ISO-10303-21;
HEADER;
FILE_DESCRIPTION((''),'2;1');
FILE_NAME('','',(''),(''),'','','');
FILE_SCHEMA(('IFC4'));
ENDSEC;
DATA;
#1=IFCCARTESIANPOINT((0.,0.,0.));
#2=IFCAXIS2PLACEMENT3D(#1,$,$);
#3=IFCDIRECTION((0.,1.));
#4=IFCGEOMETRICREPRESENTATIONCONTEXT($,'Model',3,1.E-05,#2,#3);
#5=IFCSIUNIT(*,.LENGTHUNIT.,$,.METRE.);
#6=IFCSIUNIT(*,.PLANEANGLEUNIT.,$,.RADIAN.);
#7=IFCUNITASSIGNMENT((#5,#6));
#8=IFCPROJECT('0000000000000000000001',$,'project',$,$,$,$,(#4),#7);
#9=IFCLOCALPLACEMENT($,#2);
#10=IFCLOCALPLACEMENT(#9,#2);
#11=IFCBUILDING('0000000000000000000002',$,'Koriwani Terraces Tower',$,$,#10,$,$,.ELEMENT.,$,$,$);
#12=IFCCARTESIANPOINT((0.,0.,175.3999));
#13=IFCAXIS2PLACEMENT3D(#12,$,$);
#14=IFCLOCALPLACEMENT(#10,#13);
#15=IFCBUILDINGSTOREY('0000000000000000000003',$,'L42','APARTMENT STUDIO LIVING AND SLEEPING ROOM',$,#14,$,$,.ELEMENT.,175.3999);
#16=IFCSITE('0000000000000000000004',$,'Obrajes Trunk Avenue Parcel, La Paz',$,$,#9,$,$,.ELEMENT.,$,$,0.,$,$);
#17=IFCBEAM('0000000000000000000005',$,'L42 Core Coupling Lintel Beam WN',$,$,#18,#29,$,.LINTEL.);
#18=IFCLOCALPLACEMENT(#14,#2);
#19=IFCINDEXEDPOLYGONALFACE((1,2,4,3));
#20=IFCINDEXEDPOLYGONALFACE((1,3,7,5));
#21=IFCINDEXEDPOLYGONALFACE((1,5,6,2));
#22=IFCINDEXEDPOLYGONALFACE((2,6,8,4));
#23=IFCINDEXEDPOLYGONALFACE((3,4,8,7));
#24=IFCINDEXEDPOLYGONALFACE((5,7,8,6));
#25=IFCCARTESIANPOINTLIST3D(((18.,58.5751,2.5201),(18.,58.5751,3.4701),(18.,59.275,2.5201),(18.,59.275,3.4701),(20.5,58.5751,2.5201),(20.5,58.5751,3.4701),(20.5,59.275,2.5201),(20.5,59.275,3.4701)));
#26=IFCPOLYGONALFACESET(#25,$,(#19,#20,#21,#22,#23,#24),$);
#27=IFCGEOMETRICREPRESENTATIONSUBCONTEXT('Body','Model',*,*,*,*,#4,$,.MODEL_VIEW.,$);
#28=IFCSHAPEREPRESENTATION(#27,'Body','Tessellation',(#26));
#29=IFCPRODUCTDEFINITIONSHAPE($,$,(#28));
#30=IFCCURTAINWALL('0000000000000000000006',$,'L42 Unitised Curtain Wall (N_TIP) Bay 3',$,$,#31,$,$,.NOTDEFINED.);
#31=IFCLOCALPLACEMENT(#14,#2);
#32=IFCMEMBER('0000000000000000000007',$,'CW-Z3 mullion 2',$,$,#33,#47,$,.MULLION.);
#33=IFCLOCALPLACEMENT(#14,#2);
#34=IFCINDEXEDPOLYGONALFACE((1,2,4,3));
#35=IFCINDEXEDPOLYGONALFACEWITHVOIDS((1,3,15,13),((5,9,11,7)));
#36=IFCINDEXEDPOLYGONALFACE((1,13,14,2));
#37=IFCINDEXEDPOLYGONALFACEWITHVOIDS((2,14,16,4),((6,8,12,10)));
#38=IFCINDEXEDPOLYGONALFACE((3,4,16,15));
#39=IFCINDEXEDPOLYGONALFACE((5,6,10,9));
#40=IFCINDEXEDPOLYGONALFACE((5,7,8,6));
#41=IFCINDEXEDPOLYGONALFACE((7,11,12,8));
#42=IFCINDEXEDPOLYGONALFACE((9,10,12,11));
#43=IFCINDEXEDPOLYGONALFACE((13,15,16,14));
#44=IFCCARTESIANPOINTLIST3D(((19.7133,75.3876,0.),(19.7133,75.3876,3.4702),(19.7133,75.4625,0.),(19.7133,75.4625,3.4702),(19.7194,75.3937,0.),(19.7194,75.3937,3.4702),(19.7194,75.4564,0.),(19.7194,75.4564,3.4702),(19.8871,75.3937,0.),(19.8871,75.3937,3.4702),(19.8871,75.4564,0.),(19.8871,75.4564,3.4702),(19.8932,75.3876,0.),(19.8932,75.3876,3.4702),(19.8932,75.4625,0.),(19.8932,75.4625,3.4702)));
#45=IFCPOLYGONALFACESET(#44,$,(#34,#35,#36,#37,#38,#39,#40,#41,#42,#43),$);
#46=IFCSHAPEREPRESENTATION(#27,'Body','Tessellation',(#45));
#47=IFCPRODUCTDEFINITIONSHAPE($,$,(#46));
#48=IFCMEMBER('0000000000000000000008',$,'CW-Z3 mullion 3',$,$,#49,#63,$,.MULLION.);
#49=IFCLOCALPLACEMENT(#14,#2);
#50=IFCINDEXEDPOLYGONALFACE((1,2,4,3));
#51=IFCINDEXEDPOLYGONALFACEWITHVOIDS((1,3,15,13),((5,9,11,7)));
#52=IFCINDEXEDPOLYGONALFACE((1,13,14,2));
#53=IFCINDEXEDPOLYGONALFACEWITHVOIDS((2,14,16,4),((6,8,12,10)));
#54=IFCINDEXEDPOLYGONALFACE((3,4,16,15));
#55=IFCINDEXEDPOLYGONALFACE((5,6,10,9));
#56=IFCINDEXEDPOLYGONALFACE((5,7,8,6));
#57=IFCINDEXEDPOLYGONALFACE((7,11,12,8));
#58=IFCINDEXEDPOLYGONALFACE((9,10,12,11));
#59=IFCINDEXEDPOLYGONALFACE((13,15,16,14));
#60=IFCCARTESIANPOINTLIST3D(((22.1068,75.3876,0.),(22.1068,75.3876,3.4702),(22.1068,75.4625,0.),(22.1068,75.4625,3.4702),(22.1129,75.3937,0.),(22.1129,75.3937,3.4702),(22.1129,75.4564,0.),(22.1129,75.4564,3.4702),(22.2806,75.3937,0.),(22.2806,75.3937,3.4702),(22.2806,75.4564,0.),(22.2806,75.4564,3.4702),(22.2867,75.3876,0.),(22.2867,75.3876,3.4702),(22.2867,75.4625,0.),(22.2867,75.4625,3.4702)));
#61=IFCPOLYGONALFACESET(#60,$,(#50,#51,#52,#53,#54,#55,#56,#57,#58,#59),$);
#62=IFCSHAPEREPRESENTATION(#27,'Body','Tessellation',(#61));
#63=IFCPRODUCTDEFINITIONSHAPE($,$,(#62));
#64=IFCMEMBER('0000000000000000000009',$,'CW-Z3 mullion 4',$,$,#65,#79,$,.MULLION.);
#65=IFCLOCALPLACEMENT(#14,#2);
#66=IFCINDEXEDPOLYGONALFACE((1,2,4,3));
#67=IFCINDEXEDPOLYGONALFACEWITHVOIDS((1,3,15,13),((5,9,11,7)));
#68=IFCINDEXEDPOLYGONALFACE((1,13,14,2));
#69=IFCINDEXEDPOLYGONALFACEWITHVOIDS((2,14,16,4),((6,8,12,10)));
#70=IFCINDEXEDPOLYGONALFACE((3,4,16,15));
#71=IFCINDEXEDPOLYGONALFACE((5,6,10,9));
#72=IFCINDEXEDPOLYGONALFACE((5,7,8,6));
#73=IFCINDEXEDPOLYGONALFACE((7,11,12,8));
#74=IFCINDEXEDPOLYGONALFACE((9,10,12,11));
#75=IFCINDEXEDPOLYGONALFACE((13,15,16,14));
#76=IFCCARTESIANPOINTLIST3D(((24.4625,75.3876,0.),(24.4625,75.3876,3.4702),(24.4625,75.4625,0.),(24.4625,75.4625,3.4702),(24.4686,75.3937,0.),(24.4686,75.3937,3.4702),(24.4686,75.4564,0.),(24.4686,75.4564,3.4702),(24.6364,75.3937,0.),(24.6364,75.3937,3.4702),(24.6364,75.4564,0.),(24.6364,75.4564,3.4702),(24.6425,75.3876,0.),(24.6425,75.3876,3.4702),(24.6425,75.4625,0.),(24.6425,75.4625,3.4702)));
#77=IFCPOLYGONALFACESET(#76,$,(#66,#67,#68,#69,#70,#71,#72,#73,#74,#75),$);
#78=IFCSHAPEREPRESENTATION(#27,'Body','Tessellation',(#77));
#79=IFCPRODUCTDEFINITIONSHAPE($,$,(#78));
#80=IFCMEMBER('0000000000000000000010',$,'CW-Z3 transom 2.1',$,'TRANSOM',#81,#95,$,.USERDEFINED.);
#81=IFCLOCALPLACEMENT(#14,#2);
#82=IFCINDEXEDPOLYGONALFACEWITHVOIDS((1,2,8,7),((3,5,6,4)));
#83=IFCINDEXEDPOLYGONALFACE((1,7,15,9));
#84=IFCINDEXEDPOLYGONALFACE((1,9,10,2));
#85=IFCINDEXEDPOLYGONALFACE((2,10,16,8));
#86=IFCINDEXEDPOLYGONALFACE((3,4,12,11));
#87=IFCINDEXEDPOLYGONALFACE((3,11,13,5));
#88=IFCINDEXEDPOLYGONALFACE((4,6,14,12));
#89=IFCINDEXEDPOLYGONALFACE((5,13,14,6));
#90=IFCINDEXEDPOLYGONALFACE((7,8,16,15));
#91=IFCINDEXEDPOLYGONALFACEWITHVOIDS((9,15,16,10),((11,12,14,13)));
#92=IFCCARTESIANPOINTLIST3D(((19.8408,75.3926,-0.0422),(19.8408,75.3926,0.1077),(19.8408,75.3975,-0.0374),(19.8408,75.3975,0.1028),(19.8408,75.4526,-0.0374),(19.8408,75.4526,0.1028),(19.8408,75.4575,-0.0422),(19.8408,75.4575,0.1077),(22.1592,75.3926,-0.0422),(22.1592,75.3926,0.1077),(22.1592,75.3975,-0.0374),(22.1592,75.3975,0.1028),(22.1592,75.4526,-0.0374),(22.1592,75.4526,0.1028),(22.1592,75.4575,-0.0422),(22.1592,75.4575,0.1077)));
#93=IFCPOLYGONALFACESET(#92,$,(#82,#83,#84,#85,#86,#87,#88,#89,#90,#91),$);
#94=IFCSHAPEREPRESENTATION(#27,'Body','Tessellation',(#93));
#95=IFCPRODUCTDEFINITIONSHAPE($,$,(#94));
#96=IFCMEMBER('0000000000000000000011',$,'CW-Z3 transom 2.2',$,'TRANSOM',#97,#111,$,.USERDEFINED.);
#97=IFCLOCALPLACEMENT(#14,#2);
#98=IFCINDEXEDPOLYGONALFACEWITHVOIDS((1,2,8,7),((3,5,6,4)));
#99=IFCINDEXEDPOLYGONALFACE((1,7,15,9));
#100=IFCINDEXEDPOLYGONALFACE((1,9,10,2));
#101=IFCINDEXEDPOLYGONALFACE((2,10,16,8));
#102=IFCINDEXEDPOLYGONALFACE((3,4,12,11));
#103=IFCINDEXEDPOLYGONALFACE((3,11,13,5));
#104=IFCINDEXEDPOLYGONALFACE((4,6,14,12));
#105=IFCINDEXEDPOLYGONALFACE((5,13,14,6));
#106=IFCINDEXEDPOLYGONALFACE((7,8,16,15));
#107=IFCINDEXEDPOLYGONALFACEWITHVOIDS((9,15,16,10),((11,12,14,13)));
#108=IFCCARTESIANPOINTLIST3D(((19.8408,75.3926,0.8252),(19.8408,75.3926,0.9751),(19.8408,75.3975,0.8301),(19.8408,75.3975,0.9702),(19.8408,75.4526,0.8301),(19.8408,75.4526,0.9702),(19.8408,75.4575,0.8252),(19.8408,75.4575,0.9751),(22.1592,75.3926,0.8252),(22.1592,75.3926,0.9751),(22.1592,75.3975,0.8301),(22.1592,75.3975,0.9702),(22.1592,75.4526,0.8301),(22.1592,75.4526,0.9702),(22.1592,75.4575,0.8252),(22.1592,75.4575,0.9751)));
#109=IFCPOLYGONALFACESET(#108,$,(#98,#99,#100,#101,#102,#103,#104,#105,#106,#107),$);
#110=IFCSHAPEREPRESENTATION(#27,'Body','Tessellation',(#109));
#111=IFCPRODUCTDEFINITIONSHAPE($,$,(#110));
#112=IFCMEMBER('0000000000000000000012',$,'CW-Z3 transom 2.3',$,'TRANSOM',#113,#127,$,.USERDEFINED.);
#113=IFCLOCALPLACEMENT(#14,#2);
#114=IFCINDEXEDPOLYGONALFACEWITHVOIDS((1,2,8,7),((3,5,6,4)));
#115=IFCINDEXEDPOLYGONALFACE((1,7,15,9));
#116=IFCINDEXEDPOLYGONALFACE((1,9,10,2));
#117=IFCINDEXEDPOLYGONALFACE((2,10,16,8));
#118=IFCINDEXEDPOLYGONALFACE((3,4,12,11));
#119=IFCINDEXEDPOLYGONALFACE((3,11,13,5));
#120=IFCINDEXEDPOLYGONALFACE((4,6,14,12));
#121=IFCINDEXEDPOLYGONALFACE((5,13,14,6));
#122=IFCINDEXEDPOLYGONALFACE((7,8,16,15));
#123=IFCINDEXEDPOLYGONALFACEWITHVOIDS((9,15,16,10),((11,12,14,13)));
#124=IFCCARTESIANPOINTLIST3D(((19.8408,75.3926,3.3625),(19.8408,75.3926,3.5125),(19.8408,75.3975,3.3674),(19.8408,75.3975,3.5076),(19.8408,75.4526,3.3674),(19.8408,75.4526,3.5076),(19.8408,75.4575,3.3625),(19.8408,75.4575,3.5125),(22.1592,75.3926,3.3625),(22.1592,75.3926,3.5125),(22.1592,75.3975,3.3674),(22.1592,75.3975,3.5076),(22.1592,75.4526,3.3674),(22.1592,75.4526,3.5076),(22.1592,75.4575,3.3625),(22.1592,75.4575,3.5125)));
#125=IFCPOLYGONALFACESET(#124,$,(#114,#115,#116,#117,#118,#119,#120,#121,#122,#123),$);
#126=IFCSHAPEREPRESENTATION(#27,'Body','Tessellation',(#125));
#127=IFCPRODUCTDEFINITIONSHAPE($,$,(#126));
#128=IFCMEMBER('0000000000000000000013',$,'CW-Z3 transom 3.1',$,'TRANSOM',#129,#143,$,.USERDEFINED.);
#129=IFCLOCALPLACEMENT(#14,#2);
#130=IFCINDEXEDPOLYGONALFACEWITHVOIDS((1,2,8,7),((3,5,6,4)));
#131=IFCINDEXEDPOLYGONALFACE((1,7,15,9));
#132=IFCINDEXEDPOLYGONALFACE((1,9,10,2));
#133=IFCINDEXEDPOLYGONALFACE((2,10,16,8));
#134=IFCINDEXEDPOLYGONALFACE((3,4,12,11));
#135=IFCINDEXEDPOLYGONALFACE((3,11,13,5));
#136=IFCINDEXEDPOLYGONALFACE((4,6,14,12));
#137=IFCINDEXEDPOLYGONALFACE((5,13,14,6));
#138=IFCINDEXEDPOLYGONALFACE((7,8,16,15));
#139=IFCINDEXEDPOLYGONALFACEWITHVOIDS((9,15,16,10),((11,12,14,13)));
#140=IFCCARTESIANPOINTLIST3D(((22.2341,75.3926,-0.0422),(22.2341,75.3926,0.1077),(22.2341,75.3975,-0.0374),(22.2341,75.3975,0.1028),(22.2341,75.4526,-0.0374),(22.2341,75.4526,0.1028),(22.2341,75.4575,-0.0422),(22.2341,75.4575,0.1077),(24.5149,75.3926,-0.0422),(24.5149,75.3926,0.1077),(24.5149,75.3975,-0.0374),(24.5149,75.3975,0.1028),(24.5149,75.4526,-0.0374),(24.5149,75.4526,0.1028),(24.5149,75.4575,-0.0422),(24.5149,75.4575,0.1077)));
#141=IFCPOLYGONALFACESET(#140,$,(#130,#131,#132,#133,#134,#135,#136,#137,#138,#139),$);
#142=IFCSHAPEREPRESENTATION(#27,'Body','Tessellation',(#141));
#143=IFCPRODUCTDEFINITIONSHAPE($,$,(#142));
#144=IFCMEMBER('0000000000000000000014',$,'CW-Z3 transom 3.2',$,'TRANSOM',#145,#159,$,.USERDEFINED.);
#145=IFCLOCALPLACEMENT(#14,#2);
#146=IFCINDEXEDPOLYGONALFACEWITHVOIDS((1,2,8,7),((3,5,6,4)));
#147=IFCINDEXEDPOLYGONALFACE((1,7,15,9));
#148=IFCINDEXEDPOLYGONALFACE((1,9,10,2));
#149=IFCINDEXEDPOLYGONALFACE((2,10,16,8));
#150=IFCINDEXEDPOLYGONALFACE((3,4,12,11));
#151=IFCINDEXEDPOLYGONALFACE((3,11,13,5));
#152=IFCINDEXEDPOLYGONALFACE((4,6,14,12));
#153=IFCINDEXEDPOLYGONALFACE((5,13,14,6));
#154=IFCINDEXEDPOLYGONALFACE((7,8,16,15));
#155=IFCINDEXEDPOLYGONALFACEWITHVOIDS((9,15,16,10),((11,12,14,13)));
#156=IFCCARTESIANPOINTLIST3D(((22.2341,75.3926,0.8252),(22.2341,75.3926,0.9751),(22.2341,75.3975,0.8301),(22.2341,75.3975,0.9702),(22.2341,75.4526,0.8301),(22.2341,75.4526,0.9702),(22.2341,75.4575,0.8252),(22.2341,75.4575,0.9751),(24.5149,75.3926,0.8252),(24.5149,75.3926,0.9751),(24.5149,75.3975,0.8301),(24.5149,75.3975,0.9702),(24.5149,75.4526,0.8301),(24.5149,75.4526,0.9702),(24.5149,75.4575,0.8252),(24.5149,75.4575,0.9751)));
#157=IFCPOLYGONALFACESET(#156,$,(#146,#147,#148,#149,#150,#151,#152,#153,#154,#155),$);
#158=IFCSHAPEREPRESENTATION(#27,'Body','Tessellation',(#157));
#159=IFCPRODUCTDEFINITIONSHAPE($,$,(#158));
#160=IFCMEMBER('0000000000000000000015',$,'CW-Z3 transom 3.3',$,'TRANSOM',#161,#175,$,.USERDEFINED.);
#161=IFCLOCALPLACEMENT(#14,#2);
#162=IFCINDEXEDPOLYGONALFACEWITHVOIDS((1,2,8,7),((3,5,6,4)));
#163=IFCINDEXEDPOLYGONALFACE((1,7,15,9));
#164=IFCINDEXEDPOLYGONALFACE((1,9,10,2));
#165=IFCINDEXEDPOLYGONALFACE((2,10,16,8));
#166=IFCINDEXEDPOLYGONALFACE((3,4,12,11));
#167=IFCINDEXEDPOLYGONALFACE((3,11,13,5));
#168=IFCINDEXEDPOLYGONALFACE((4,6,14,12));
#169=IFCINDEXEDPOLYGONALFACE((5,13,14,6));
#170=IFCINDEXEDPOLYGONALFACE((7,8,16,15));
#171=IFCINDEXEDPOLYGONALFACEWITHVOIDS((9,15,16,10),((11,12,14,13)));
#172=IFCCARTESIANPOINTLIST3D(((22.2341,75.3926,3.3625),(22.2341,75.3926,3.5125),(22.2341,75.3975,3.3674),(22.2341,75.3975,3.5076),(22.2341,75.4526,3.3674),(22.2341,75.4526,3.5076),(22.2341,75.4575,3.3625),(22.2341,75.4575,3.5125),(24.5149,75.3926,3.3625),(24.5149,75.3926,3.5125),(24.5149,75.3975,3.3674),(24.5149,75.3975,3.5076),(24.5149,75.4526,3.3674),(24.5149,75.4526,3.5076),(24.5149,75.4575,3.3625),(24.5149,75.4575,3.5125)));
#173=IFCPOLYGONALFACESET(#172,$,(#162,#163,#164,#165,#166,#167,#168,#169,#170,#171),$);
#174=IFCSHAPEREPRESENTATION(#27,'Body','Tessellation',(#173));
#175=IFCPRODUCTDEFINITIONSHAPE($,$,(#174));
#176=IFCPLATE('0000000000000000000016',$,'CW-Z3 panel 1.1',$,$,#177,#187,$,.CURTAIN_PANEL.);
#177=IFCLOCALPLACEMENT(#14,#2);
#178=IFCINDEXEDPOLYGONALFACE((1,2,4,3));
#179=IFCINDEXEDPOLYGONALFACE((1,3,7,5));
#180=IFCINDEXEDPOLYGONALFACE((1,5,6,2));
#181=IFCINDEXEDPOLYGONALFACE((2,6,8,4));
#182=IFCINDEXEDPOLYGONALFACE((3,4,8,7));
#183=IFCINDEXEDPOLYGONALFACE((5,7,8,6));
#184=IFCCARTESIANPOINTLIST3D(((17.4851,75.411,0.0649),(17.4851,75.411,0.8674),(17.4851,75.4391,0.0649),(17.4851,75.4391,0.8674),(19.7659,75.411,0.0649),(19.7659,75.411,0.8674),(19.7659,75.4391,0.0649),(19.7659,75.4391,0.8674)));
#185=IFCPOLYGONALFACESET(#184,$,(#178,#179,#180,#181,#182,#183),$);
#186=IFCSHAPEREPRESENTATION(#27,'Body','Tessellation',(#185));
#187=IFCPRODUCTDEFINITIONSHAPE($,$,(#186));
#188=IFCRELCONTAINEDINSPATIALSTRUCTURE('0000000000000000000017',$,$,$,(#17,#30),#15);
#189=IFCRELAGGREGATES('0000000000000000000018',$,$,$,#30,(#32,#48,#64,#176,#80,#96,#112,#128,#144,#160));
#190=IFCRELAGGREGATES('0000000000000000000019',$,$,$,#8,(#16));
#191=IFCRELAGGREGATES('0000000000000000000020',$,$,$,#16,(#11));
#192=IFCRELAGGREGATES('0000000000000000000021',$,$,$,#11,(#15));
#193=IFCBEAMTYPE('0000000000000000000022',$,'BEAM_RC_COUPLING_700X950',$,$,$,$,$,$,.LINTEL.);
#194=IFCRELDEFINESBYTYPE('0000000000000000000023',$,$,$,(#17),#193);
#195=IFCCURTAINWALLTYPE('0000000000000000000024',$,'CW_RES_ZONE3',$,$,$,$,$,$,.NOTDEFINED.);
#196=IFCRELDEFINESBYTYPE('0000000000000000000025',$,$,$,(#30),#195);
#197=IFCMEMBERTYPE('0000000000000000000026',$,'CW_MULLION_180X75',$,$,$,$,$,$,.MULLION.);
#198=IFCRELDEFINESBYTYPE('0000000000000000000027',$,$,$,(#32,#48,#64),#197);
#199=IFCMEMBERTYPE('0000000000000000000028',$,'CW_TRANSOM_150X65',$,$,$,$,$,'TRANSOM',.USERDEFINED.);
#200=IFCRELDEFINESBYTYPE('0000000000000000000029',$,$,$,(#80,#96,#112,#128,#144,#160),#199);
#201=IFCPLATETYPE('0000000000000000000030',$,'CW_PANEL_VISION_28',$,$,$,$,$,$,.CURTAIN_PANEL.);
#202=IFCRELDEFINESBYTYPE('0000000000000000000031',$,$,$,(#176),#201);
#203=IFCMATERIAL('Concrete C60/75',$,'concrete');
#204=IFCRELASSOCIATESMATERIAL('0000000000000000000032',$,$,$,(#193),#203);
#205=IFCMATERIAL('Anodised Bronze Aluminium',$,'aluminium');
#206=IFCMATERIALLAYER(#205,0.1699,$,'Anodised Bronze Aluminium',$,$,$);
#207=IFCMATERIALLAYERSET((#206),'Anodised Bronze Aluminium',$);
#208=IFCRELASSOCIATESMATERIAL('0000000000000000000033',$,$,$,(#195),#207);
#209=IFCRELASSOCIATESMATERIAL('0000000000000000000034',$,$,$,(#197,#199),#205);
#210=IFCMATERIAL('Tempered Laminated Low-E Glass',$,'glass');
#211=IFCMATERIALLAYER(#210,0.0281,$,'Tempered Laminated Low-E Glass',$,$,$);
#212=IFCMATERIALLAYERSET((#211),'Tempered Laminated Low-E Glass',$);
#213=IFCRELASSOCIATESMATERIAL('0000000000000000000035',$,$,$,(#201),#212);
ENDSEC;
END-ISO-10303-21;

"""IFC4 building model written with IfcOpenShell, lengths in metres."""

from ifc_helpers import new_model, si_unit, direction, frame, origin, origin_2d, place, context, subcontext, project, spatial, rectangle, hollow_rectangle, extrude, material, layer, layer_set, material_profile, profile_set, type_object, element, aggregate, save


model = new_model("IFC4")

# Units and contexts
model_context = context("Model", 3, precision=1e-05, world=origin(), true_north=direction((0.0, 1.0)))
body_context = subcontext(model_context, "Body", "Model", "MODEL_VIEW")
ifc_project = project(units=[si_unit("LENGTHUNIT", "METRE"), si_unit("PLANEANGLEUNIT", "RADIAN")], contexts=[model_context])

# Site, building, storey
site_placement = place(None, origin())
site = spatial("IfcSite", under=ifc_project, at=site_placement, Name="Obrajes Trunk Avenue Parcel, La Paz", CompositionType="ELEMENT", RefElevation=0.0)
building_placement = place(site_placement, origin())
building = spatial("IfcBuilding", under=site, at=building_placement, Name="Koriwani Terraces Tower", CompositionType="ELEMENT")
storey_placement = place(building_placement, frame((0.0, 0.0, 175.3999)))
storey = spatial("IfcBuildingStorey", under=building, at=storey_placement, Name="L42", Description="APARTMENT STUDIO LIVING AND SLEEPING ROOM", CompositionType="ELEMENT", Elevation=175.3999)

# Beam
ifc_material_1 = material(Name="Concrete C60/75", Category="concrete")
ifc_material_profile_1 = material_profile(ifc_material_1, rectangle(XDim=0.7, YDim=0.95, at=origin_2d()), Name="Concrete C60/75", Category="LoadBearing")
ifc_profile_set_1 = profile_set([ifc_material_profile_1], Name="Concrete C60/75")
beam_type = type_object("IfcBeamType", Name="BEAM_RC_COUPLING_700X950", PredefinedType="LINTEL", material=ifc_profile_set_1)
beam_placement = place(storey_placement, frame((18.0, 58.925, 2.9951), z_axis=(1.0, 0.0, 0.0), x_axis=(0.0, 1.0, 0.0)))
element("IfcBeam", 1, at=beam_placement, inside=storey, type_object=beam_type, Name="L42 Core Coupling Lintel Beam WN", PredefinedType="LINTEL", context=body_context, shape_type="SweptSolid", body=[
    extrude(rectangle(XDim=0.7, YDim=0.95, at=origin_2d()), origin(), (0.0, 0.0, 1.0), 2.5),
])

# Curtain wall, members, plate
ifc_material_2 = material(Name="Anodised Bronze Aluminium", Category="aluminium")
ifc_layer_1 = layer(ifc_material_2, 0.1699, Name="Anodised Bronze Aluminium")
ifc_layer_set_1 = layer_set([ifc_layer_1], Name="Anodised Bronze Aluminium")
curtain_wall_type = type_object("IfcCurtainWallType", Name="CW_RES_ZONE3", PredefinedType="NOTDEFINED", material=ifc_layer_set_1)
curtain_wall_placement = place(storey_placement, origin())
curtain_wall = element("IfcCurtainWall", 2, at=curtain_wall_placement, inside=storey, type_object=curtain_wall_type, Name="L42 Unitised Curtain Wall (N_TIP) Bay 3", PredefinedType="NOTDEFINED")
ifc_material_profile_2 = material_profile(ifc_material_2, hollow_rectangle(XDim=0.075, YDim=0.1799, WallThickness=0.0061, at=origin_2d()), Name="Anodised Bronze Aluminium", Category="LoadBearing")
ifc_profile_set_2 = profile_set([ifc_material_profile_2], Name="Anodised Bronze Aluminium")
member_type_1 = type_object("IfcMemberType", Name="CW_MULLION_180X75", PredefinedType="MULLION", material=ifc_profile_set_2)
member_1_placement = place(storey_placement, frame((19.8032, 75.425, 0.0), z_axis=(0.0, 0.0, 1.0), x_axis=(0.0, 1.0, 0.0)))
member_1 = element("IfcMember", 3, at=member_1_placement, type_object=member_type_1, Name="CW-Z3 mullion 2", PredefinedType="MULLION", context=body_context, shape_type="SweptSolid", body=[
    extrude(hollow_rectangle(XDim=0.075, YDim=0.1799, WallThickness=0.0061, at=origin_2d()), origin(), (0.0, 0.0, 1.0), 3.4702),
])
member_2_placement = place(storey_placement, frame((22.1968, 75.425, 0.0), z_axis=(0.0, 0.0, 1.0), x_axis=(0.0, 1.0, 0.0)))
member_2 = element("IfcMember", 4, at=member_2_placement, type_object=member_type_1, Name="CW-Z3 mullion 3", PredefinedType="MULLION", context=body_context, shape_type="SweptSolid", body=[
    extrude(hollow_rectangle(XDim=0.075, YDim=0.1799, WallThickness=0.0061, at=origin_2d()), origin(), (0.0, 0.0, 1.0), 3.4702),
])
member_3_placement = place(storey_placement, frame((24.5525, 75.425, 0.0), z_axis=(0.0, 0.0, 1.0), x_axis=(0.0, 1.0, 0.0)))
member_3 = element("IfcMember", 5, at=member_3_placement, type_object=member_type_1, Name="CW-Z3 mullion 4", PredefinedType="MULLION", context=body_context, shape_type="SweptSolid", body=[
    extrude(hollow_rectangle(XDim=0.075, YDim=0.1799, WallThickness=0.0061, at=origin_2d()), origin(), (0.0, 0.0, 1.0), 3.4702),
])
ifc_material_profile_3 = material_profile(ifc_material_2, hollow_rectangle(XDim=0.0649, YDim=0.1499, WallThickness=0.0049, at=origin_2d()), Name="Anodised Bronze Aluminium", Category="LoadBearing")
ifc_profile_set_3 = profile_set([ifc_material_profile_3], Name="Anodised Bronze Aluminium")
member_type_2 = type_object("IfcMemberType", Name="CW_TRANSOM_150X65", ElementType="TRANSOM", PredefinedType="USERDEFINED", material=ifc_profile_set_3)
member_4_placement = place(storey_placement, frame((19.8408, 75.425, 0.0327), z_axis=(1.0, 0.0, 0.0), x_axis=(0.0, 1.0, 0.0)))
member_4 = element("IfcMember", 6, at=member_4_placement, type_object=member_type_2, Name="CW-Z3 transom 2.1", ObjectType="TRANSOM", PredefinedType="USERDEFINED", context=body_context, shape_type="SweptSolid", body=[
    extrude(hollow_rectangle(XDim=0.0649, YDim=0.1499, WallThickness=0.0049, at=origin_2d()), origin(), (0.0, 0.0, 1.0), 2.3184),
])
member_5_placement = place(storey_placement, frame((19.8408, 75.425, 0.9001), z_axis=(1.0, 0.0, 0.0), x_axis=(0.0, 1.0, 0.0)))
member_5 = element("IfcMember", 7, at=member_5_placement, type_object=member_type_2, Name="CW-Z3 transom 2.2", ObjectType="TRANSOM", PredefinedType="USERDEFINED", context=body_context, shape_type="SweptSolid", body=[
    extrude(hollow_rectangle(XDim=0.0649, YDim=0.1499, WallThickness=0.0049, at=origin_2d()), origin(), (0.0, 0.0, 1.0), 2.3184),
])
member_6_placement = place(storey_placement, frame((19.8408, 75.425, 3.4375), z_axis=(1.0, 0.0, 0.0), x_axis=(0.0, 1.0, 0.0)))
member_6 = element("IfcMember", 8, at=member_6_placement, type_object=member_type_2, Name="CW-Z3 transom 2.3", ObjectType="TRANSOM", PredefinedType="USERDEFINED", context=body_context, shape_type="SweptSolid", body=[
    extrude(hollow_rectangle(XDim=0.0649, YDim=0.1499, WallThickness=0.0049, at=origin_2d()), origin(), (0.0, 0.0, 1.0), 2.3184),
])
member_7_placement = place(storey_placement, frame((22.2341, 75.425, 0.0327), z_axis=(1.0, 0.0, 0.0), x_axis=(0.0, 1.0, 0.0)))
member_7 = element("IfcMember", 9, at=member_7_placement, type_object=member_type_2, Name="CW-Z3 transom 3.1", ObjectType="TRANSOM", PredefinedType="USERDEFINED", context=body_context, shape_type="SweptSolid", body=[
    extrude(hollow_rectangle(XDim=0.0649, YDim=0.1499, WallThickness=0.0049, at=origin_2d()), origin(), (0.0, 0.0, 1.0), 2.2808),
])
member_8_placement = place(storey_placement, frame((22.2341, 75.425, 0.9001), z_axis=(1.0, 0.0, 0.0), x_axis=(0.0, 1.0, 0.0)))
member_8 = element("IfcMember", 10, at=member_8_placement, type_object=member_type_2, Name="CW-Z3 transom 3.2", ObjectType="TRANSOM", PredefinedType="USERDEFINED", context=body_context, shape_type="SweptSolid", body=[
    extrude(hollow_rectangle(XDim=0.0649, YDim=0.1499, WallThickness=0.0049, at=origin_2d()), origin(), (0.0, 0.0, 1.0), 2.2808),
])
member_9_placement = place(storey_placement, frame((22.2341, 75.425, 3.4375), z_axis=(1.0, 0.0, 0.0), x_axis=(0.0, 1.0, 0.0)))
member_9 = element("IfcMember", 11, at=member_9_placement, type_object=member_type_2, Name="CW-Z3 transom 3.3", ObjectType="TRANSOM", PredefinedType="USERDEFINED", context=body_context, shape_type="SweptSolid", body=[
    extrude(hollow_rectangle(XDim=0.0649, YDim=0.1499, WallThickness=0.0049, at=origin_2d()), origin(), (0.0, 0.0, 1.0), 2.2808),
])
ifc_material_3 = material(Name="Tempered Laminated Low-E Glass", Category="glass")
ifc_layer_2 = layer(ifc_material_3, 0.0281, Name="Tempered Laminated Low-E Glass")
ifc_layer_set_2 = layer_set([ifc_layer_2], Name="Tempered Laminated Low-E Glass")
plate_type = type_object("IfcPlateType", Name="CW_PANEL_VISION_28", PredefinedType="CURTAIN_PANEL", material=ifc_layer_set_2)
plate_1_placement = place(storey_placement, frame((18.6255, 75.425, 0.0649), z_axis=(0.0, 0.0, 1.0), x_axis=(1.0, 0.0, 0.0)))
plate_1 = element("IfcPlate", 12, at=plate_1_placement, type_object=plate_type, Name="CW-Z3 panel 1.1", PredefinedType="CURTAIN_PANEL", context=body_context, shape_type="SweptSolid", body=[
    extrude(rectangle(XDim=2.2808, YDim=0.0281, at=origin_2d()), origin(), (0.0, 0.0, 1.0), 0.8025),
])
aggregate(curtain_wall, [member_1, member_2, member_3, plate_1, member_4, member_5, member_6, member_7, member_8, member_9])

save(model, "model.ifc")
